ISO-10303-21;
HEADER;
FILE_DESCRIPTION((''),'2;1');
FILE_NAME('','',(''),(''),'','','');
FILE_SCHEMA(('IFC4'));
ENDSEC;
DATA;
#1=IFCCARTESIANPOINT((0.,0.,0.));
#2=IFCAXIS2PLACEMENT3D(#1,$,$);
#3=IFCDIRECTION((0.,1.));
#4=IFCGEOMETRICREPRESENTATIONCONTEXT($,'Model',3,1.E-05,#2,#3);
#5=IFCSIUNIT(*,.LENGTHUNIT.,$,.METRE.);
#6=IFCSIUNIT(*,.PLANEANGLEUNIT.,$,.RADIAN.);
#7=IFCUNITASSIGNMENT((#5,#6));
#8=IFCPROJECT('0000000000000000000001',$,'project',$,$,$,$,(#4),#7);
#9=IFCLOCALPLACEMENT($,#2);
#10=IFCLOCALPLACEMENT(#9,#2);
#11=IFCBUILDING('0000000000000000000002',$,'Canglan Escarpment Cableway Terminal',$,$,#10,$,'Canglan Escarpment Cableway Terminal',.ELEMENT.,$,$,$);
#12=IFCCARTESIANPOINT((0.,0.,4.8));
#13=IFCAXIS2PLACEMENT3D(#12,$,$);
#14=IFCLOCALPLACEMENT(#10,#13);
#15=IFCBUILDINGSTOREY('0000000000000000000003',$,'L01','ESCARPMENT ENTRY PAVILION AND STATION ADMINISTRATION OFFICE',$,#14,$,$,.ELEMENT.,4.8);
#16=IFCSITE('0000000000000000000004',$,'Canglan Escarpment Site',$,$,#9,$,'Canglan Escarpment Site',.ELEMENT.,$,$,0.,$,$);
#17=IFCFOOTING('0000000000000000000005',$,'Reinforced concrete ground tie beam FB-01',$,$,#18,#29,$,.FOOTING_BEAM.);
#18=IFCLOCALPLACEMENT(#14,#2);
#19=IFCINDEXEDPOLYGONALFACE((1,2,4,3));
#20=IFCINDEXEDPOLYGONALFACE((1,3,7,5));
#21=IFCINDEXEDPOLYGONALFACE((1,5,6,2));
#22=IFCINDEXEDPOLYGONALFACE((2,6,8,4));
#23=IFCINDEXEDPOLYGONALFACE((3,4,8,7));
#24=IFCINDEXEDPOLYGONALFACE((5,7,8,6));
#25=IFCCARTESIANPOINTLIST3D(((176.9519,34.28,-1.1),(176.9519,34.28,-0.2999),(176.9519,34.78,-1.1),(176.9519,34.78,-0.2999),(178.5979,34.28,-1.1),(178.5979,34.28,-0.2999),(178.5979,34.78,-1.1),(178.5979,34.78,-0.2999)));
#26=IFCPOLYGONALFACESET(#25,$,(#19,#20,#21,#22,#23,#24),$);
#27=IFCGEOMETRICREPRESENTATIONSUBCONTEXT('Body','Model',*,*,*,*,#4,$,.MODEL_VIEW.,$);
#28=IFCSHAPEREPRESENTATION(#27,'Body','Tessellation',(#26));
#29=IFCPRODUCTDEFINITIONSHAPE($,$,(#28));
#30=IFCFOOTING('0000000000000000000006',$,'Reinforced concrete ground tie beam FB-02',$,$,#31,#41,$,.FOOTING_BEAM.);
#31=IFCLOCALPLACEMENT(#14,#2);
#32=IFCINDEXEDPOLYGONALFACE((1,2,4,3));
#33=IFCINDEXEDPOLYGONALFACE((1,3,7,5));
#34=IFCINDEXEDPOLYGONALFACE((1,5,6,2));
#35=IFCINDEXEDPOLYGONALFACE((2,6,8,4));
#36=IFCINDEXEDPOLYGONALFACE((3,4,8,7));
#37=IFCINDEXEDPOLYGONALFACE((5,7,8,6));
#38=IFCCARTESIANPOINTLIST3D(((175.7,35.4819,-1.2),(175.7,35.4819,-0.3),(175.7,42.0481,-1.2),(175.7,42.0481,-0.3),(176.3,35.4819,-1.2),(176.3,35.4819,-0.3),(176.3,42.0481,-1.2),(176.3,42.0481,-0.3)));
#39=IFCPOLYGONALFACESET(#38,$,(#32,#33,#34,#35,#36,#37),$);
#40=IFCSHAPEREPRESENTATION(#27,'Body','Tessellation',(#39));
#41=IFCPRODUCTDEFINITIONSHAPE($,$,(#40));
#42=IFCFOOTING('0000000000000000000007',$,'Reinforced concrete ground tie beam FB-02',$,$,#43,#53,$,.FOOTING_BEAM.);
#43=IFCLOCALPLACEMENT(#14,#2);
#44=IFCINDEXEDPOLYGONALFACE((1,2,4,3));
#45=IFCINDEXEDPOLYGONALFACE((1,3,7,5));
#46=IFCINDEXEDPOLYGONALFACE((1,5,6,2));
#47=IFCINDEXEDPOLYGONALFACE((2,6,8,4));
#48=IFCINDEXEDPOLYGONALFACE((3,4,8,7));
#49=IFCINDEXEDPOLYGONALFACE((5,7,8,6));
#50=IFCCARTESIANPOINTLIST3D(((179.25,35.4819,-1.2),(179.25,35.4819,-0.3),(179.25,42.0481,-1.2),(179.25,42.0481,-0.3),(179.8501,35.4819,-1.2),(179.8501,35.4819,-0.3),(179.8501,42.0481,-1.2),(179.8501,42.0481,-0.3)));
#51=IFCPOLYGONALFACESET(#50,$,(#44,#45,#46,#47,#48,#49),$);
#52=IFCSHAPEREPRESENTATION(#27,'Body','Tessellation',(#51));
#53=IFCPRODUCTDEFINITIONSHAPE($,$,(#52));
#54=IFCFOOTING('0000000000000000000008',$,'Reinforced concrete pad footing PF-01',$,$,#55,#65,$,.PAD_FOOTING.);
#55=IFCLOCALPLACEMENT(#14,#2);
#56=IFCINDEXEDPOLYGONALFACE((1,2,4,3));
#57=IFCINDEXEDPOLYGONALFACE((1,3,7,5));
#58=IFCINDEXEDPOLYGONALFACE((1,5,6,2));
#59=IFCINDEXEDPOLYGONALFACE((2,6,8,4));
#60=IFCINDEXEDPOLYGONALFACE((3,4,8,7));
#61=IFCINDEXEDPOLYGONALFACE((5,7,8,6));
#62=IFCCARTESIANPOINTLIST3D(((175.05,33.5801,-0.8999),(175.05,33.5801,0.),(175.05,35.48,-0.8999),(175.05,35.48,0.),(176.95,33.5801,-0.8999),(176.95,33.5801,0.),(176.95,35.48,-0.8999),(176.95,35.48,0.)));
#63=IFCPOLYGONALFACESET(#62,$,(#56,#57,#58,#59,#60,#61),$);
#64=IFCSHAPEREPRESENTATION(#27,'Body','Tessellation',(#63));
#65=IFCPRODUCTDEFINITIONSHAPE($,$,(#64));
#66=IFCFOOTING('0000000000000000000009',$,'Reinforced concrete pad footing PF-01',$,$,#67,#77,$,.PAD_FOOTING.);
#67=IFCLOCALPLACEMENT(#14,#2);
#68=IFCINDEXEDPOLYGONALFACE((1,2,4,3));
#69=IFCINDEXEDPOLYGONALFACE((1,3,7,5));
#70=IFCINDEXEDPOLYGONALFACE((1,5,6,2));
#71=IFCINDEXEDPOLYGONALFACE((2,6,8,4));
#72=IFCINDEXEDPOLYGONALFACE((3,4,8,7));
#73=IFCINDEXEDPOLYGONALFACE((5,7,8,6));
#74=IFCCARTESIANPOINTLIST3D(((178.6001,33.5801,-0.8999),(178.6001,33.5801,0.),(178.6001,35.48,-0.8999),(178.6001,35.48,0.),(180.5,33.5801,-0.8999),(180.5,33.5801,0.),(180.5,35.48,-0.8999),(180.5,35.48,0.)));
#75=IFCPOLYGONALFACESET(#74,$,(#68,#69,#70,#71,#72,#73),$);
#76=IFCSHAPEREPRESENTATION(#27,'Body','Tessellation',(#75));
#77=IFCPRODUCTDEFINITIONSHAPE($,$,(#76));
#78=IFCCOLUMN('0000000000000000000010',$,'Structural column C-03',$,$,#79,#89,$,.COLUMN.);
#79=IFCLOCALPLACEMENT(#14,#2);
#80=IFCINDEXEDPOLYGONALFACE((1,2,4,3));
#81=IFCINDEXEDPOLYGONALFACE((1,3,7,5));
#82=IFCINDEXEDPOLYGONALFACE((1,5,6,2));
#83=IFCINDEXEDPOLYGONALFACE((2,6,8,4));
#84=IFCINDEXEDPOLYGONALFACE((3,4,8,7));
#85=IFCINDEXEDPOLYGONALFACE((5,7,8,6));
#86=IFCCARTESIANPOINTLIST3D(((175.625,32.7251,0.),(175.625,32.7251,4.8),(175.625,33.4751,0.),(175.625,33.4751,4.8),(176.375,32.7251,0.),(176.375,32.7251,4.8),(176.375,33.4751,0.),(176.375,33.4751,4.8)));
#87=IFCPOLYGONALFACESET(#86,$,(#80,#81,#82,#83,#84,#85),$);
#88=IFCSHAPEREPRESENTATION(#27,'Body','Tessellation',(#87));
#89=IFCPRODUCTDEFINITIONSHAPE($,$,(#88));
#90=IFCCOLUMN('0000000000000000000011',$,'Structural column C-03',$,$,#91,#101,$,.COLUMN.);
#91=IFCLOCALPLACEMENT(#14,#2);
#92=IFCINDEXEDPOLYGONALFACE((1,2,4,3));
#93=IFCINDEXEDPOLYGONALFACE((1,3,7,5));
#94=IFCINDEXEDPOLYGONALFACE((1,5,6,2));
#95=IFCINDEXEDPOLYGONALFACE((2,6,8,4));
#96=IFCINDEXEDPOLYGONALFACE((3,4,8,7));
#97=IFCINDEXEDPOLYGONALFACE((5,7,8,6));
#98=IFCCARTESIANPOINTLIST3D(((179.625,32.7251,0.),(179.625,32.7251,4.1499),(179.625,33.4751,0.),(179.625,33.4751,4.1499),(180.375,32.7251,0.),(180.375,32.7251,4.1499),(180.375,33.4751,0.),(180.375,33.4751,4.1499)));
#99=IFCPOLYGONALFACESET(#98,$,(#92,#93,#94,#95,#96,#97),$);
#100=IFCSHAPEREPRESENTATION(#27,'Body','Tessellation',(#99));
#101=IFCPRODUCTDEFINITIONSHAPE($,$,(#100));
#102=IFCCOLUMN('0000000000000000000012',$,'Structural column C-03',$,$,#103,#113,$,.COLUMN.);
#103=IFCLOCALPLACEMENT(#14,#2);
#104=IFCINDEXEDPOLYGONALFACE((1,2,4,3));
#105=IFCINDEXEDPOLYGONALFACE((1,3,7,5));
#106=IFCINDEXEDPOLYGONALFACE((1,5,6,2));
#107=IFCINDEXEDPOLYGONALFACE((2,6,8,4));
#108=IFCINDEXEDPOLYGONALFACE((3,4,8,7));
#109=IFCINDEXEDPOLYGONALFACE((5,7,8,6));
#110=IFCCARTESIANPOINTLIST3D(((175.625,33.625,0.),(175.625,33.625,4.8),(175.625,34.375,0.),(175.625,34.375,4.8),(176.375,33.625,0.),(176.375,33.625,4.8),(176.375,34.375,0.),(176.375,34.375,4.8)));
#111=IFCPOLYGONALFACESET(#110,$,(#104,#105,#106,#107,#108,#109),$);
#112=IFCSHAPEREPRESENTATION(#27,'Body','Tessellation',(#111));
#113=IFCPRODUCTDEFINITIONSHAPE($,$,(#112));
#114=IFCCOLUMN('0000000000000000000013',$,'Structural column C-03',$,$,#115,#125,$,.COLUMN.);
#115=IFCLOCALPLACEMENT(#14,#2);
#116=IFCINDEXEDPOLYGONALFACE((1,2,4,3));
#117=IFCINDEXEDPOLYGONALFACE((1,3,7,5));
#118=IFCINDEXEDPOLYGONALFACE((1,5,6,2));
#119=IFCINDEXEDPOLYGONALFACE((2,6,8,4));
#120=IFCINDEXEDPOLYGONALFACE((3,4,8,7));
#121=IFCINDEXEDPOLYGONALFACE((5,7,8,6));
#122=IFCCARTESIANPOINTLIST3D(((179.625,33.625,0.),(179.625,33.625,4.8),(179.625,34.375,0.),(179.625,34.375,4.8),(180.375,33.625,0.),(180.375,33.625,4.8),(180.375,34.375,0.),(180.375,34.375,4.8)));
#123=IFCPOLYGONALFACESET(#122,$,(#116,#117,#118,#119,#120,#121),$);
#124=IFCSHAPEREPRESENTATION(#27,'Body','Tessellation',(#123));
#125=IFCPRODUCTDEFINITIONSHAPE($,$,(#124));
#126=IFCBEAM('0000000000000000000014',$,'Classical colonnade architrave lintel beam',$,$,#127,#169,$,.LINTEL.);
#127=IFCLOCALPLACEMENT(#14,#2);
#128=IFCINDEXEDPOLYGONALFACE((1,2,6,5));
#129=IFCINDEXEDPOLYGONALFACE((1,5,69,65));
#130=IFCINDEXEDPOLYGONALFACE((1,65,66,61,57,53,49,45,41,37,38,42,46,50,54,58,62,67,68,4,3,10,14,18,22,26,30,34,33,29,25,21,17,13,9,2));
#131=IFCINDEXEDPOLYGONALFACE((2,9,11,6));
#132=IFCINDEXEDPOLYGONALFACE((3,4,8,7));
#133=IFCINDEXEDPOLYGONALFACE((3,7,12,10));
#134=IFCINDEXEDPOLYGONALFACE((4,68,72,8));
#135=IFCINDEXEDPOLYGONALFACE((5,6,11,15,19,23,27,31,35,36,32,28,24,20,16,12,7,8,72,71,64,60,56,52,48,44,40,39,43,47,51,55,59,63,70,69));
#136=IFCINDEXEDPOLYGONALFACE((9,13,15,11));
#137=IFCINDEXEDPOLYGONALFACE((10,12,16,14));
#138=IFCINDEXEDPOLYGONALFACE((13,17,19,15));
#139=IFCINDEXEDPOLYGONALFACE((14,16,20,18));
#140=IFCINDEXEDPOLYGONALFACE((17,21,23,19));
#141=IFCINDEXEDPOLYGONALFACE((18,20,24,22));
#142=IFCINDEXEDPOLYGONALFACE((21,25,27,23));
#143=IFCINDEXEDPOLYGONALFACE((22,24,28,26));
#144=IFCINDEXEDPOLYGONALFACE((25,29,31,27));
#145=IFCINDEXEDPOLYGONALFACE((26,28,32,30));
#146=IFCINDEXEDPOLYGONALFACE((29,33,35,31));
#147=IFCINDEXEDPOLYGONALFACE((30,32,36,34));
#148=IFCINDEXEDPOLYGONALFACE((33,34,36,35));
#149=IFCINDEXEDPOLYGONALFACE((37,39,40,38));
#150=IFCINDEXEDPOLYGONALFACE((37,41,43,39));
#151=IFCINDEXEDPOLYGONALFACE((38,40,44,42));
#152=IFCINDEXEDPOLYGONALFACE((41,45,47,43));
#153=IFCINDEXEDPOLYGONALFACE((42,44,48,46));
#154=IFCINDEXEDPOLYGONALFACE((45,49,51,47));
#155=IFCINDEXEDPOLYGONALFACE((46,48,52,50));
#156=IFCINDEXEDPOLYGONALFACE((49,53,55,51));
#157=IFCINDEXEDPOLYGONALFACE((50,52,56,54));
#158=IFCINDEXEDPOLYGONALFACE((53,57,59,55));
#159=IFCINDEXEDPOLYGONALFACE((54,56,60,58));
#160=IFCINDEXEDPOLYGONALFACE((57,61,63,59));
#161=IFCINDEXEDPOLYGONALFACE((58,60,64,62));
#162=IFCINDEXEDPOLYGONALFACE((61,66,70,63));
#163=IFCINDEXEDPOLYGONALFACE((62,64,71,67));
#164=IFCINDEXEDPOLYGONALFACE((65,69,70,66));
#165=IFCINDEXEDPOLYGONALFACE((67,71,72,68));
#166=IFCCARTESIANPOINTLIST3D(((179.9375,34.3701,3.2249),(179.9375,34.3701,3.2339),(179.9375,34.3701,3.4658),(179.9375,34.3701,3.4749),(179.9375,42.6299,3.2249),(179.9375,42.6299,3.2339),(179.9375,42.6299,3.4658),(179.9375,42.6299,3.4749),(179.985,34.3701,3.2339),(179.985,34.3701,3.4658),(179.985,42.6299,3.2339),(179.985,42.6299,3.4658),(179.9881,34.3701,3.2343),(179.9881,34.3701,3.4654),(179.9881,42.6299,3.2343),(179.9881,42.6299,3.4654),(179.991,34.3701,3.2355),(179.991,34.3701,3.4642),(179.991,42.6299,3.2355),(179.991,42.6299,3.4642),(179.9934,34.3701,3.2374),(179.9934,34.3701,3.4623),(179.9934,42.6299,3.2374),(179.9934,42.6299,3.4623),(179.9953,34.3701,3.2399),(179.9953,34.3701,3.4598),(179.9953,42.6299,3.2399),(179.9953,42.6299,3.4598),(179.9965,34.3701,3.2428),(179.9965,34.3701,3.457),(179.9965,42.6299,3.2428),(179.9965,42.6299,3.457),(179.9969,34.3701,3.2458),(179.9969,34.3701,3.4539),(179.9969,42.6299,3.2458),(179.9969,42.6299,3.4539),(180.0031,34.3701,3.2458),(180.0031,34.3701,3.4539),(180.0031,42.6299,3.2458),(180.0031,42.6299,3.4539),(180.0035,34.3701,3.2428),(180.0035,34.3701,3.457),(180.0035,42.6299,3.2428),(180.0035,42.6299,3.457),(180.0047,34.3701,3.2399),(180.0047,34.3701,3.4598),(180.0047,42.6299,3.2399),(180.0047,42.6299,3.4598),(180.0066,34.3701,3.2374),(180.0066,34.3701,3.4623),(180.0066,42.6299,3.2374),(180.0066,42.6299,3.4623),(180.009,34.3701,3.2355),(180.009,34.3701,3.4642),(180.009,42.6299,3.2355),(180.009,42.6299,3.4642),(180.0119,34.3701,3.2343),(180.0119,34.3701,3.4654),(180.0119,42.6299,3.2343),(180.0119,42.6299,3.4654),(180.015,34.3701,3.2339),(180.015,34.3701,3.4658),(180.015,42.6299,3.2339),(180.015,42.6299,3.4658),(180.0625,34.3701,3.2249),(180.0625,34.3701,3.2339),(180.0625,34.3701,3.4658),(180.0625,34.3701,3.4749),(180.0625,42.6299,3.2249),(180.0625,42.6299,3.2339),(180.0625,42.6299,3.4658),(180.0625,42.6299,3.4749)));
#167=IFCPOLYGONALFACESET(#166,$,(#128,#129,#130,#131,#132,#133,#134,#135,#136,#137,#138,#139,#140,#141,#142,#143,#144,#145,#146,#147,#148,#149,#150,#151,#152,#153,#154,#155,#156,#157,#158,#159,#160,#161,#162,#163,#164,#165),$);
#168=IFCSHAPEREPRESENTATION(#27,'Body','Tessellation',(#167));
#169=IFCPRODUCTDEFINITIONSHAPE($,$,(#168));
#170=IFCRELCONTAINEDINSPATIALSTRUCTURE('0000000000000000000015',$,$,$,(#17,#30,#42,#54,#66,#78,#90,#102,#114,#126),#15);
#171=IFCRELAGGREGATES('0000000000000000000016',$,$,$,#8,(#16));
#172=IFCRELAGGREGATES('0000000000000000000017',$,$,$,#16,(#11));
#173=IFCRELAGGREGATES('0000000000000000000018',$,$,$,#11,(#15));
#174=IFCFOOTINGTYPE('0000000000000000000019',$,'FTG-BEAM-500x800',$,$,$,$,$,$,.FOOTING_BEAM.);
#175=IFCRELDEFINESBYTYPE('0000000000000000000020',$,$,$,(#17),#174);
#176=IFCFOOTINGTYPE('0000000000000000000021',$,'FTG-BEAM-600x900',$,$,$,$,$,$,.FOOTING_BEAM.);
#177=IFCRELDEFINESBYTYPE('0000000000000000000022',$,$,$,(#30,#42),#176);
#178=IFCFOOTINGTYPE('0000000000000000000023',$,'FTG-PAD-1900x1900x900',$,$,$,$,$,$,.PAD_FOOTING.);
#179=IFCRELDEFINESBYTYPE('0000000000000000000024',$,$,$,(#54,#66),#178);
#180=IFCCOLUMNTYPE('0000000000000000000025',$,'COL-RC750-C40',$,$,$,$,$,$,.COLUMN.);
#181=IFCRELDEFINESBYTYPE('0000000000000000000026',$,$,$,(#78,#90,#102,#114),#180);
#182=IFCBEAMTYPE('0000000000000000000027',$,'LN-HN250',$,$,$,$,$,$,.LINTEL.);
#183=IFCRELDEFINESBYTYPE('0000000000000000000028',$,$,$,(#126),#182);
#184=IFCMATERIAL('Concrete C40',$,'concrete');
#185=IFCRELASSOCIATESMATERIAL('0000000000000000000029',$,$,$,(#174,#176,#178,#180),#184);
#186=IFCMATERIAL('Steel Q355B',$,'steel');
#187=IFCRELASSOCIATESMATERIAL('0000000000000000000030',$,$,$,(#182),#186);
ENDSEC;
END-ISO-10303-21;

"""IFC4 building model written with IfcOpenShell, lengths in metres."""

from ifc_helpers import new_model, si_unit, direction, frame, origin, origin_2d, place, context, subcontext, project, spatial, rectangle, i_section, extrude, material, material_profile, profile_set, type_object, element, save


model = new_model("IFC4")

# Units and contexts
model_context = context("Model", 3, precision=1e-05, world=origin(), true_north=direction((0.0, 1.0)))
body_context = subcontext(model_context, "Body", "Model", "MODEL_VIEW")
ifc_project = project(units=[si_unit("LENGTHUNIT", "METRE"), si_unit("PLANEANGLEUNIT", "RADIAN")], contexts=[model_context])

# Site, building, storey
site_placement = place(None, origin())
site = spatial("IfcSite", under=ifc_project, at=site_placement, Name="Canglan Escarpment Site", LongName="Canglan Escarpment Site", CompositionType="ELEMENT", RefElevation=0.0)
building_placement = place(site_placement, origin())
building = spatial("IfcBuilding", under=site, at=building_placement, Name="Canglan Escarpment Cableway Terminal", LongName="Canglan Escarpment Cableway Terminal", CompositionType="ELEMENT")
storey_placement = place(building_placement, frame((0.0, 0.0, 4.8)))
storey = spatial("IfcBuildingStorey", under=building, at=storey_placement, Name="L01", Description="ESCARPMENT ENTRY PAVILION AND STATION ADMINISTRATION OFFICE", CompositionType="ELEMENT", Elevation=4.8)

# Footings
ifc_material_1 = material(Name="Concrete C40", Category="concrete")
ifc_material_profile_1 = material_profile(ifc_material_1, rectangle(XDim=0.5, YDim=0.8, at=origin_2d()), Name="FB 500x800")
ifc_profile_set_1 = profile_set([ifc_material_profile_1], Name="Concrete C40")
footing_type_1 = type_object("IfcFootingType", Name="FTG-BEAM-500x800", PredefinedType="FOOTING_BEAM", material=ifc_profile_set_1)
footing_placement = place(storey_placement, frame((176.9519, 34.53, -0.7), z_axis=(1.0, 0.0, 0.0), x_axis=(0.0, 1.0, 0.0)))
element("IfcFooting", 1, at=footing_placement, inside=storey, type_object=footing_type_1, Name="Reinforced concrete ground tie beam FB-01", PredefinedType="FOOTING_BEAM", context=body_context, shape_type="SweptSolid", body=[
    extrude(rectangle(XDim=0.5, YDim=0.8, at=origin_2d()), origin(), (0.0, 0.0, 1.0), 1.646),
])
ifc_material_profile_2 = material_profile(ifc_material_1, rectangle(XDim=0.6001, YDim=0.8999, at=origin_2d()), Name="FB 600x900")
ifc_profile_set_2 = profile_set([ifc_material_profile_2], Name="Concrete C40")
footing_type_2 = type_object("IfcFootingType", Name="FTG-BEAM-600x900", PredefinedType="FOOTING_BEAM", material=ifc_profile_set_2)
for number, where, z_axis, x_axis, name in (
    (2, (176.0, 35.4819, -0.75), (0.0, 1.0, 0.0), (-1.0, 0.0, 0.0), "Reinforced concrete ground tie beam FB-02"),
    (3, (179.55, 35.4819, -0.75), (0.0, 1.0, 0.0), (-1.0, 0.0, 0.0), "Reinforced concrete ground tie beam FB-02"),
):
    element("IfcFooting", number, at=place(storey_placement, frame(where, z_axis=z_axis, x_axis=x_axis)), inside=storey, type_object=footing_type_2, Name=name, PredefinedType="FOOTING_BEAM", context=body_context, shape_type="SweptSolid", body=[
        extrude(rectangle(XDim=0.6001, YDim=0.8999, at=origin_2d()), origin(), (0.0, 0.0, 1.0), 6.5662),
    ])
footing_type_3 = type_object("IfcFootingType", Name="FTG-PAD-1900x1900x900", PredefinedType="PAD_FOOTING", material=ifc_material_1)
for number, where, z_axis, x_axis, name in (
    (4, (176.0, 34.53, -0.8999), (0.0, 0.0, 1.0), (1.0, 0.0, 0.0), "Reinforced concrete pad footing PF-01"),
    (5, (179.55, 34.53, -0.8999), (0.0, 0.0, 1.0), (1.0, 0.0, 0.0), "Reinforced concrete pad footing PF-01"),
):
    element("IfcFooting", number, at=place(storey_placement, frame(where, z_axis=z_axis, x_axis=x_axis)), inside=storey, type_object=footing_type_3, Name=name, PredefinedType="PAD_FOOTING", context=body_context, shape_type="SweptSolid", body=[
        extrude(rectangle(XDim=1.8999, YDim=1.8999, at=origin_2d()), origin(), (0.0, 0.0, 1.0), 0.8999),
    ])

# Columns
ifc_material_profile_3 = material_profile(ifc_material_1, rectangle(XDim=0.75, YDim=0.75, at=origin_2d()), Name="RC 750x750")
ifc_profile_set_3 = profile_set([ifc_material_profile_3], Name="Concrete C40")
column_type = type_object("IfcColumnType", Name="COL-RC750-C40", PredefinedType="COLUMN", material=ifc_profile_set_3)
column_1_placement = place(storey_placement, frame((176.0, 33.1001, 0.0), z_axis=(0.0, 0.0, 1.0), x_axis=(1.0, 0.0, 0.0)))
element("IfcColumn", 6, at=column_1_placement, inside=storey, type_object=column_type, Name="Structural column C-03", PredefinedType="COLUMN", context=body_context, shape_type="SweptSolid", body=[
    extrude(rectangle(XDim=0.75, YDim=0.75, at=origin_2d()), origin(), (0.0, 0.0, 1.0), 4.8),
])
column_2_placement = place(storey_placement, frame((180.0, 33.1001, 0.0), z_axis=(0.0, 0.0, 1.0), x_axis=(1.0, 0.0, 0.0)))
element("IfcColumn", 7, at=column_2_placement, inside=storey, type_object=column_type, Name="Structural column C-03", PredefinedType="COLUMN", context=body_context, shape_type="SweptSolid", body=[
    extrude(rectangle(XDim=0.75, YDim=0.75, at=origin_2d()), origin(), (0.0, 0.0, 1.0), 4.1499),
])
for number, where, z_axis, x_axis, name in (
    (8, (176.0, 34.0, 0.0), (0.0, 0.0, 1.0), (1.0, 0.0, 0.0), "Structural column C-03"),
    (9, (180.0, 34.0, 0.0), (0.0, 0.0, 1.0), (1.0, 0.0, 0.0), "Structural column C-03"),
):
    element("IfcColumn", number, at=place(storey_placement, frame(where, z_axis=z_axis, x_axis=x_axis)), inside=storey, type_object=column_type, Name=name, PredefinedType="COLUMN", context=body_context, shape_type="SweptSolid", body=[
        extrude(rectangle(XDim=0.75, YDim=0.75, at=origin_2d()), origin(), (0.0, 0.0, 1.0), 4.8),
    ])

# Beam
ifc_material_2 = material(Name="Steel Q355B", Category="steel")
ifc_material_profile_4 = material_profile(ifc_material_2, i_section(OverallWidth=0.125, OverallDepth=0.25, WebThickness=0.0061, FlangeThickness=0.009, FilletRadius=0.012, at=origin_2d()), Name="HN 250x125x6x9")
ifc_profile_set_4 = profile_set([ifc_material_profile_4], Name="Steel Q355B")
beam_type = type_object("IfcBeamType", Name="LN-HN250", PredefinedType="LINTEL", material=ifc_profile_set_4)
beam_placement = place(storey_placement, frame((180.0, 34.3701, 3.3499), z_axis=(0.0, 1.0, 0.0), x_axis=(-1.0, 0.0, 0.0)))
element("IfcBeam", 10, at=beam_placement, inside=storey, type_object=beam_type, Name="Classical colonnade architrave lintel beam", PredefinedType="LINTEL", context=body_context, shape_type="SweptSolid", body=[
    extrude(i_section(OverallWidth=0.125, OverallDepth=0.25, WebThickness=0.0061, FlangeThickness=0.009, FilletRadius=0.012, at=origin_2d()), origin(), (0.0, 0.0, 1.0), 8.2598),
])

save(model, "model.ifc")
